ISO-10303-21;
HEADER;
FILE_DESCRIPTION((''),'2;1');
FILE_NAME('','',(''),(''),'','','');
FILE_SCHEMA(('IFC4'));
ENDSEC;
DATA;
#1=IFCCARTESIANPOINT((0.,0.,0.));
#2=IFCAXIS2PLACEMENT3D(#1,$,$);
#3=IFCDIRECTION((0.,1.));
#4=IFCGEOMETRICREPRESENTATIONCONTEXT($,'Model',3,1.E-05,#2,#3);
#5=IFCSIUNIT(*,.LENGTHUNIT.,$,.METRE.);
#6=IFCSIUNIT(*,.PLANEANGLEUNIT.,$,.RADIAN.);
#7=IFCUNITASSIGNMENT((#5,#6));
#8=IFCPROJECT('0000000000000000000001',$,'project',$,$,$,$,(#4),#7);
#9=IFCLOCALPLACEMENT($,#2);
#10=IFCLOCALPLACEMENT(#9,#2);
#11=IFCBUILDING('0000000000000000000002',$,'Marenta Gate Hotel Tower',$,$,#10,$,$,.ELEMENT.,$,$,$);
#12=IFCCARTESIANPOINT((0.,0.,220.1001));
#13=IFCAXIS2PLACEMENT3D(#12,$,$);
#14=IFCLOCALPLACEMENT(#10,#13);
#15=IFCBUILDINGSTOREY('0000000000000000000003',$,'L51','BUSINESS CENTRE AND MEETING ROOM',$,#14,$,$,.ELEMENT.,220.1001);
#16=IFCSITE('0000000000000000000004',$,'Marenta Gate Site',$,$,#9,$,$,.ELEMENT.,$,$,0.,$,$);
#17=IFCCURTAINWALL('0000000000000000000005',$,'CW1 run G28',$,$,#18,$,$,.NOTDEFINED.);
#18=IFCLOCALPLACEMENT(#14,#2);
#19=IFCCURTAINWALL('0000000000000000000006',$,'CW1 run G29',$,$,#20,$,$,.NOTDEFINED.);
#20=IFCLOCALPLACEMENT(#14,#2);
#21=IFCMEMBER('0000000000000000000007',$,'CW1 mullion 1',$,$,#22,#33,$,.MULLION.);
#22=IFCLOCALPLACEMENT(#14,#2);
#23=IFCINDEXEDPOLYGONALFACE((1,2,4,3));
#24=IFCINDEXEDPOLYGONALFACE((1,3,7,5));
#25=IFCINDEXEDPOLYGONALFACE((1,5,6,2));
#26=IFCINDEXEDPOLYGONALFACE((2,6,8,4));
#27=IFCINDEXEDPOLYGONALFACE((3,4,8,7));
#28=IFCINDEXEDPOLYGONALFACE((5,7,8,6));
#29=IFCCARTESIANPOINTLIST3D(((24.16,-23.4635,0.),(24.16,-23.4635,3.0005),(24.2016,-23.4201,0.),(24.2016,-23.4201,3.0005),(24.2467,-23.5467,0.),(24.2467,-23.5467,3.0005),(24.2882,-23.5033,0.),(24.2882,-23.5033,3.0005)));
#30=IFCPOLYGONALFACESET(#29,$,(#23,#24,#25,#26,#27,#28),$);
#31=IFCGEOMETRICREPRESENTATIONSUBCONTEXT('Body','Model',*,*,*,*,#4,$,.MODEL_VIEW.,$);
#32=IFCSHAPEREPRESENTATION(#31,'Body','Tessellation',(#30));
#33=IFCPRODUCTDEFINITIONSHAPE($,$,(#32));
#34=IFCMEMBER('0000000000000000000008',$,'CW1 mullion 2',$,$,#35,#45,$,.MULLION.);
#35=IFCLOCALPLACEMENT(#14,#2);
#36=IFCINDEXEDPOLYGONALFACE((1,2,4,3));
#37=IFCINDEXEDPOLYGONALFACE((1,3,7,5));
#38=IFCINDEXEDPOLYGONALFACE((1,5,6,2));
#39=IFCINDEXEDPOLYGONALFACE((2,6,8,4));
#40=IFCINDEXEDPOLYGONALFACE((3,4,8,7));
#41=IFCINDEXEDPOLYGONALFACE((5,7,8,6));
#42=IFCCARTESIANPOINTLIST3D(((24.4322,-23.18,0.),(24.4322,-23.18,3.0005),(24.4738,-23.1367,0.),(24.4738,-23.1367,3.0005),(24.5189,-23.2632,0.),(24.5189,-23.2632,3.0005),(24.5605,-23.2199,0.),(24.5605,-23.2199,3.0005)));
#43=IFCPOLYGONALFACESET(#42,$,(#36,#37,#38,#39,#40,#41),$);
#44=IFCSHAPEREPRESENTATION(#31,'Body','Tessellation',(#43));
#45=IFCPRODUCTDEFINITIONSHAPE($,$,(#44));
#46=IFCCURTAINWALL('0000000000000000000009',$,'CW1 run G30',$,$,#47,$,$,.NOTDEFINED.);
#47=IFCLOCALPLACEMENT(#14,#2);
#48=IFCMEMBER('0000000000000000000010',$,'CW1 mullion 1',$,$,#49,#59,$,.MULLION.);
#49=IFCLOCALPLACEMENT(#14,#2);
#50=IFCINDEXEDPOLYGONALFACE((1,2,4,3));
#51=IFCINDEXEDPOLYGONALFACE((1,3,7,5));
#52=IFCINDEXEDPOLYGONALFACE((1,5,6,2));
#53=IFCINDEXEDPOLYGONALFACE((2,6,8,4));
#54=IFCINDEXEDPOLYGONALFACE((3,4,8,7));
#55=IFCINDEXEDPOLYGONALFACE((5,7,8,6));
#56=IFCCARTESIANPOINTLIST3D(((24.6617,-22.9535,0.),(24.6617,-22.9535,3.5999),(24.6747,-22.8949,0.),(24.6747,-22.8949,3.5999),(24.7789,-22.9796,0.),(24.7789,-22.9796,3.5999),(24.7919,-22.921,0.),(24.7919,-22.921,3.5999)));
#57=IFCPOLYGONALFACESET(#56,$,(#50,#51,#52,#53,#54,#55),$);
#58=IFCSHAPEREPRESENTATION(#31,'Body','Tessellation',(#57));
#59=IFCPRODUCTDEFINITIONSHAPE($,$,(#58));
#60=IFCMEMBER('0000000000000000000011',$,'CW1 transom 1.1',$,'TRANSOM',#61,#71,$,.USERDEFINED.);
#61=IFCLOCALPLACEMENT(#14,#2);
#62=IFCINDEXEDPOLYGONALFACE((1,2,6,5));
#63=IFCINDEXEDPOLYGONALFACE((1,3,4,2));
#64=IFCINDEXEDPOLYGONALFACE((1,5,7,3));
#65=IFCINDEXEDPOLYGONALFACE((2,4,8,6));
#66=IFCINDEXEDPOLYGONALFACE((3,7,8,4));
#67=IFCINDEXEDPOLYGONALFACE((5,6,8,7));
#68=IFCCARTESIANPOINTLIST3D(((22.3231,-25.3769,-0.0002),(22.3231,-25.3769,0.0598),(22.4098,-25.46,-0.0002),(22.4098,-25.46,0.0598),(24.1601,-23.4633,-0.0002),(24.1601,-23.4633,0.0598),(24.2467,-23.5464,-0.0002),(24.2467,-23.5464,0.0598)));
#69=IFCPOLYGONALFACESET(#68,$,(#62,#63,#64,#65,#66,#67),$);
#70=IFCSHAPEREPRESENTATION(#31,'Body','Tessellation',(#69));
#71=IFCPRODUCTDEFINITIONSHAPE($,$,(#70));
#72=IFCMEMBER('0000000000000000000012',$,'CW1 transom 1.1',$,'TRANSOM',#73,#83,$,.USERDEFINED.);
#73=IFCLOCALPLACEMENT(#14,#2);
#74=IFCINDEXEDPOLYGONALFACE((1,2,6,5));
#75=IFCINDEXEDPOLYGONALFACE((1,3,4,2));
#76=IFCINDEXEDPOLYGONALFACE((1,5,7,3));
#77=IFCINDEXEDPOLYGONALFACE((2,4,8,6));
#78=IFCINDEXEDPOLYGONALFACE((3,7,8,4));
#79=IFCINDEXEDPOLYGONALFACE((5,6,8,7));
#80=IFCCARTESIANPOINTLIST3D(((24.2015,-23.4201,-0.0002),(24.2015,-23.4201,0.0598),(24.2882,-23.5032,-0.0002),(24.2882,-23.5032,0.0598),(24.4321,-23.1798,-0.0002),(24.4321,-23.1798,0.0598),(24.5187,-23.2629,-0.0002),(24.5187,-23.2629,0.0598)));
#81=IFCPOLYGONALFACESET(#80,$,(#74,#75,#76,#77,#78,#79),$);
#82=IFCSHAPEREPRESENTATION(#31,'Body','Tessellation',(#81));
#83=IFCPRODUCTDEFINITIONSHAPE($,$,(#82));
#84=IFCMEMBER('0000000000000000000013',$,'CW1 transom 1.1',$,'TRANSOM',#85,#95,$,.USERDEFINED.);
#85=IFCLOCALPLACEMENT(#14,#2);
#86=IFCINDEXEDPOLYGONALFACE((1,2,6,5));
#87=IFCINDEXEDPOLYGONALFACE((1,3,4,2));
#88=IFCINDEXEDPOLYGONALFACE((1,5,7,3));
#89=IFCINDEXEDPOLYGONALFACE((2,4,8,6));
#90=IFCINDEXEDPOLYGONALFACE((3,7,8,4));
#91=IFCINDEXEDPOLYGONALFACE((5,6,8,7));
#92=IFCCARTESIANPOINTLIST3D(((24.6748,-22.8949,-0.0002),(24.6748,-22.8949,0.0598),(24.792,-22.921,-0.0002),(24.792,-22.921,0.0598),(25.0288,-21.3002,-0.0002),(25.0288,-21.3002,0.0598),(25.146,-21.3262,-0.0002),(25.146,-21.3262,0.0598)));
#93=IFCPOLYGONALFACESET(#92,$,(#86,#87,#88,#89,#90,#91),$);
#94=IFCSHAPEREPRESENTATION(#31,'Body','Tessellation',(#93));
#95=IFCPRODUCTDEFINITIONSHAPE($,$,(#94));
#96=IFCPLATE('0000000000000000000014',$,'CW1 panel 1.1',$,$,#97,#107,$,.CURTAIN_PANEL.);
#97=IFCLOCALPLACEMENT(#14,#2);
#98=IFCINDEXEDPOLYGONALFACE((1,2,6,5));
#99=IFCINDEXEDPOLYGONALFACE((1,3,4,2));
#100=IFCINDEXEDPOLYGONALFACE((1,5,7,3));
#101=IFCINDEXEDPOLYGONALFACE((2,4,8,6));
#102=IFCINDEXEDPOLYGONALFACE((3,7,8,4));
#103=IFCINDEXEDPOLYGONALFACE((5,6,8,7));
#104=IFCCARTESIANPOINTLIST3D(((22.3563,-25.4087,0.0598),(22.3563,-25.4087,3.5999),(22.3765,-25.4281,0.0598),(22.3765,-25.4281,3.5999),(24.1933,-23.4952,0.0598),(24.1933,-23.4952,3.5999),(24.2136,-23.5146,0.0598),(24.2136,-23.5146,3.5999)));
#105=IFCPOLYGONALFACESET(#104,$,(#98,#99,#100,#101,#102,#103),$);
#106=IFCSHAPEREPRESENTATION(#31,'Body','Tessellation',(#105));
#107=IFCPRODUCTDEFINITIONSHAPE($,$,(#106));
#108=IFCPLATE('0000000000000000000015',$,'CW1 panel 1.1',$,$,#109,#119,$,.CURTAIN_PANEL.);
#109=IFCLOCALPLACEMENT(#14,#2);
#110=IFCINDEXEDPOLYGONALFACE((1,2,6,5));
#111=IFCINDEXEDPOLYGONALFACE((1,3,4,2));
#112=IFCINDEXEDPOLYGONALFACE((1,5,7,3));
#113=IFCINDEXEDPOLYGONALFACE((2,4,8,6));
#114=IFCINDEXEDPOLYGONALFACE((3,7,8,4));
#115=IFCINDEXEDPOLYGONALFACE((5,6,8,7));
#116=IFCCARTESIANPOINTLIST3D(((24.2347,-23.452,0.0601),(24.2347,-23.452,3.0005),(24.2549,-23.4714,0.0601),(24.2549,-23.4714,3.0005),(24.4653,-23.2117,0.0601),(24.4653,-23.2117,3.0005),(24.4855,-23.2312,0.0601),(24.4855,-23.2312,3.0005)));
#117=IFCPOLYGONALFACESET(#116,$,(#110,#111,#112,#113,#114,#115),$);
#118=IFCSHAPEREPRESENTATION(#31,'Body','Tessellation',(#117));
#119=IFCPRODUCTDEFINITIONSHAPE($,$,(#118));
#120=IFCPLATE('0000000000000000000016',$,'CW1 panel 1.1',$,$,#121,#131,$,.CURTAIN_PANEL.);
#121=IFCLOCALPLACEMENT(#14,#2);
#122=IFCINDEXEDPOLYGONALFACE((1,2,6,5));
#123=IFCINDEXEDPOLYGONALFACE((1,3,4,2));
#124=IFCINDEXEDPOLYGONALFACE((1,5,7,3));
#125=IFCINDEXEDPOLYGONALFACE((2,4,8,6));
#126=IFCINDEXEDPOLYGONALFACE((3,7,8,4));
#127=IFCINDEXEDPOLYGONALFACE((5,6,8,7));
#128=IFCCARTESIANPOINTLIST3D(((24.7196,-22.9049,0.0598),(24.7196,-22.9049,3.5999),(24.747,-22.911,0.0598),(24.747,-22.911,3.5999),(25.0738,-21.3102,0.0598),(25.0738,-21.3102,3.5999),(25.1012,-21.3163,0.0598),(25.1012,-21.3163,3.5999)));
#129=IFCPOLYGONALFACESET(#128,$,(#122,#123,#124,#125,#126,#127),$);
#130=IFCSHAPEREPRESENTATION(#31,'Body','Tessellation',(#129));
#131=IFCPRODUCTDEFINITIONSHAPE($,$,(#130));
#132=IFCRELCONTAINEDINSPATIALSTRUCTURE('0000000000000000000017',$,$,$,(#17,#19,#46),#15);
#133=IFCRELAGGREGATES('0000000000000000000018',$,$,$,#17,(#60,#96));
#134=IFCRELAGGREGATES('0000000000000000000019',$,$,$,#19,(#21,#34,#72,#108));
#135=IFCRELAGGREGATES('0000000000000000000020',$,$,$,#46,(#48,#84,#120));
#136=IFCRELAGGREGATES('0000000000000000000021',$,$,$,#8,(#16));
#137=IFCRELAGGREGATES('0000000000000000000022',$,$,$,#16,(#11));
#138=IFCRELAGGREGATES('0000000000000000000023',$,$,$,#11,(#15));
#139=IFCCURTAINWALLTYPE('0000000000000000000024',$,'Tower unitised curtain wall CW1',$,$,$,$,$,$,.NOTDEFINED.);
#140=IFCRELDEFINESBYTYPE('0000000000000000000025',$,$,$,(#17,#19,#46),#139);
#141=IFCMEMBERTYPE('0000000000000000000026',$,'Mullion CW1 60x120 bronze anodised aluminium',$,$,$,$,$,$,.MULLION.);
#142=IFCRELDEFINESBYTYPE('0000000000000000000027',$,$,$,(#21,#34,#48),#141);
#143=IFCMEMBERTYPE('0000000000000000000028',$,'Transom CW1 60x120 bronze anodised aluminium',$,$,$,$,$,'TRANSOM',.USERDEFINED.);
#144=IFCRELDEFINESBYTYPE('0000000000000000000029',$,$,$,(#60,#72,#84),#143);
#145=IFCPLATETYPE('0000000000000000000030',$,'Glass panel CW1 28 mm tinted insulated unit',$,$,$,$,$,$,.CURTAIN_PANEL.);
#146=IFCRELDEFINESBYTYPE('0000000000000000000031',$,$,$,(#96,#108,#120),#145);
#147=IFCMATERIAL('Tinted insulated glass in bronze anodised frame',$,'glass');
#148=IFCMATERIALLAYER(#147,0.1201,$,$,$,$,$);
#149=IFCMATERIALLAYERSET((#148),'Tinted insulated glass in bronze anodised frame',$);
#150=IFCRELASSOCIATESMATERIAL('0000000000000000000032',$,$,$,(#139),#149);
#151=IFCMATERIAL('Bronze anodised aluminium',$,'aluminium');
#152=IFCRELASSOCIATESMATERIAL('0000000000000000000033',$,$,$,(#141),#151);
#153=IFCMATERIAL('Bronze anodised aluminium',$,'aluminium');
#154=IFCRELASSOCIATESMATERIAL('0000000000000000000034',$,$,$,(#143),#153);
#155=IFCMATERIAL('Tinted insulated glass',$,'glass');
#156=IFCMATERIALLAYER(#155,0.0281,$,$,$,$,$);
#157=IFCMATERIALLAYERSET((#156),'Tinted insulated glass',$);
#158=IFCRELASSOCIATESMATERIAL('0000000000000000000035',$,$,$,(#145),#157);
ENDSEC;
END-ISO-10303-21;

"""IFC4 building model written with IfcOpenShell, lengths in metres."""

from ifc_helpers import new_model, si_unit, direction, frame, origin, origin_2d, place, context, subcontext, project, spatial, rectangle, extrude, material, layer, layer_set, material_profile, profile_set, type_object, element, aggregate, save


model = new_model("IFC4")

# Units and contexts
model_context = context("Model", 3, precision=1e-05, world=origin(), true_north=direction((0.0, 1.0)))
body_context = subcontext(model_context, "Body", "Model", "MODEL_VIEW")
ifc_project = project(units=[si_unit("LENGTHUNIT", "METRE"), si_unit("PLANEANGLEUNIT", "RADIAN")], contexts=[model_context])

# Site, building, storey
site_placement = place(None, origin())
site = spatial("IfcSite", under=ifc_project, at=site_placement, Name="Marenta Gate Site", CompositionType="ELEMENT", RefElevation=0.0)
building_placement = place(site_placement, origin())
building = spatial("IfcBuilding", under=site, at=building_placement, Name="Marenta Gate Hotel Tower", CompositionType="ELEMENT")
storey_placement = place(building_placement, frame((0.0, 0.0, 220.1001)))
storey = spatial("IfcBuildingStorey", under=building, at=storey_placement, Name="L51", Description="BUSINESS CENTRE AND MEETING ROOM", CompositionType="ELEMENT", Elevation=220.1001)

# Curtain wall
ifc_material_1 = material(Name="Tinted insulated glass in bronze anodised frame", Category="glass")
ifc_layer_1 = layer(ifc_material_1, 0.1201)
ifc_layer_set_1 = layer_set([ifc_layer_1], Name="Tinted insulated glass in bronze anodised frame")
curtain_wall_type = type_object("IfcCurtainWallType", Name="Tower unitised curtain wall CW1", PredefinedType="NOTDEFINED", material=ifc_layer_set_1)
ifc_material_2 = material(Name="Bronze anodised aluminium", Category="aluminium")
ifc_material_profile_1 = material_profile(ifc_material_2, rectangle(XDim=0.1201, YDim=0.0601, at=origin_2d()), Name="Mullion CW1 60x120 bronze anodised aluminium")
ifc_profile_set_1 = profile_set([ifc_material_profile_1], Name="Bronze anodised aluminium")
member_type_1 = type_object("IfcMemberType", Name="Mullion CW1 60x120 bronze anodised aluminium", PredefinedType="MULLION", material=ifc_profile_set_1)
curtain_wall_1_placement = place(storey_placement, origin())
curtain_wall_1 = element("IfcCurtainWall", 1, at=curtain_wall_1_placement, inside=storey, type_object=curtain_wall_type, Name="CW1 run G28", PredefinedType="NOTDEFINED")

# Curtain wall, members
curtain_wall_2_placement = place(storey_placement, origin())
curtain_wall_2 = element("IfcCurtainWall", 2, at=curtain_wall_2_placement, inside=storey, type_object=curtain_wall_type, Name="CW1 run G29", PredefinedType="NOTDEFINED")
member_1_placement = place(storey_placement, frame((24.2241, -23.4834, 0.0), z_axis=(0.0, 0.0, 1.0), x_axis=(-0.721418, 0.6925, 0.0)))
member_1 = element("IfcMember", 3, at=member_1_placement, type_object=member_type_1, Name="CW1 mullion 1", PredefinedType="MULLION", context=body_context, shape_type="SweptSolid", body=[
    extrude(rectangle(XDim=0.1201, YDim=0.0601, at=origin_2d()), origin(), (0.0, 0.0, 1.0), 3.0005),
])
member_2_placement = place(storey_placement, frame((24.4963, -23.2, 0.0), z_axis=(0.0, 0.0, 1.0), x_axis=(-0.721418, 0.6925, 0.0)))
member_2 = element("IfcMember", 4, at=member_2_placement, type_object=member_type_1, Name="CW1 mullion 2", PredefinedType="MULLION", context=body_context, shape_type="SweptSolid", body=[
    extrude(rectangle(XDim=0.1201, YDim=0.0601, at=origin_2d()), origin(), (0.0, 0.0, 1.0), 3.0005),
])

# Curtain wall, member
curtain_wall_3_placement = place(storey_placement, origin())
curtain_wall_3 = element("IfcCurtainWall", 5, at=curtain_wall_3_placement, inside=storey, type_object=curtain_wall_type, Name="CW1 run G30", PredefinedType="NOTDEFINED")
member_3_placement = place(storey_placement, frame((24.7268, -22.9373, 0.0), z_axis=(0.0, 0.0, 1.0), x_axis=(-0.976212, 0.216818, 0.0)))
member_3 = element("IfcMember", 6, at=member_3_placement, type_object=member_type_1, Name="CW1 mullion 1", PredefinedType="MULLION", context=body_context, shape_type="SweptSolid", body=[
    extrude(rectangle(XDim=0.1201, YDim=0.0601, at=origin_2d()), origin(), (0.0, 0.0, 1.0), 3.5999),
])

# Members
ifc_material_3 = material(Name="Bronze anodised aluminium", Category="aluminium")
ifc_material_profile_2 = material_profile(ifc_material_3, rectangle(XDim=0.1201, YDim=0.0601, at=origin_2d()), Name="Transom CW1 60x120 bronze anodised aluminium")
ifc_profile_set_2 = profile_set([ifc_material_profile_2], Name="Bronze anodised aluminium")
member_type_2 = type_object("IfcMemberType", Name="Transom CW1 60x120 bronze anodised aluminium", ElementType="TRANSOM", PredefinedType="USERDEFINED", material=ifc_profile_set_2)
member_4_placement = place(storey_placement, frame((22.3665, -25.4185, 0.0298), z_axis=(0.692509, 0.721409, 0.0), x_axis=(-0.721409, 0.692509, 0.0)))
member_4 = element("IfcMember", 7, at=member_4_placement, type_object=member_type_2, Name="CW1 transom 1.1", ObjectType="TRANSOM", PredefinedType="USERDEFINED", context=body_context, shape_type="SweptSolid", body=[
    extrude(rectangle(XDim=0.1201, YDim=0.0601, at=origin_2d()), origin(), (0.0, 0.0, 1.0), 2.6526),
])
member_5_placement = place(storey_placement, frame((24.2449, -23.4617, 0.0298), z_axis=(0.692288, 0.721622, 0.0), x_axis=(-0.721622, 0.692288, 0.0)))
member_5 = element("IfcMember", 8, at=member_5_placement, type_object=member_type_2, Name="CW1 transom 1.1", ObjectType="TRANSOM", PredefinedType="USERDEFINED", context=body_context, shape_type="SweptSolid", body=[
    extrude(rectangle(XDim=0.1201, YDim=0.0601, at=origin_2d()), origin(), (0.0, 0.0, 1.0), 0.333),
])
member_6_placement = place(storey_placement, frame((24.7334, -22.908, 0.0298), z_axis=(0.216709, 0.976236, 0.0), x_axis=(-0.976236, 0.216709, 0.0)))
member_6 = element("IfcMember", 9, at=member_6_placement, type_object=member_type_2, Name="CW1 transom 1.1", ObjectType="TRANSOM", PredefinedType="USERDEFINED", context=body_context, shape_type="SweptSolid", body=[
    extrude(rectangle(XDim=0.1201, YDim=0.0601, at=origin_2d()), origin(), (0.0, 0.0, 1.0), 1.6335),
])

# Plates
ifc_material_4 = material(Name="Tinted insulated glass", Category="glass")
ifc_layer_2 = layer(ifc_material_4, 0.0281)
ifc_layer_set_2 = layer_set([ifc_layer_2], Name="Tinted insulated glass")
plate_type = type_object("IfcPlateType", Name="Glass panel CW1 28 mm tinted insulated unit", PredefinedType="CURTAIN_PANEL", material=ifc_layer_set_2)
plate_1_placement = place(storey_placement, frame((23.2849, -24.4617, 0.0598), z_axis=(0.0, 0.0, 1.0), x_axis=(0.692545, 0.721375, 0.0)))
plate_1 = element("IfcPlate", 10, at=plate_1_placement, type_object=plate_type, Name="CW1 panel 1.1", PredefinedType="CURTAIN_PANEL", context=body_context, shape_type="SweptSolid", body=[
    extrude(rectangle(XDim=2.6526, YDim=0.0281, at=origin_2d()), origin(), (0.0, 0.0, 1.0), 3.54),
])
aggregate(curtain_wall_1, [member_4, plate_1])
plate_2_placement = place(storey_placement, frame((24.3601, -23.3416, 0.0601), z_axis=(0.0, 0.0, 1.0), x_axis=(0.6925, 0.721418, 0.0)))
plate_2 = element("IfcPlate", 11, at=plate_2_placement, type_object=plate_type, Name="CW1 panel 1.1", PredefinedType="CURTAIN_PANEL", context=body_context, shape_type="SweptSolid", body=[
    extrude(rectangle(XDim=0.333, YDim=0.0281, at=origin_2d()), origin(), (0.0, 0.0, 1.0), 2.9404),
])
aggregate(curtain_wall_2, [member_1, member_2, member_5, plate_2])
plate_3_placement = place(storey_placement, frame((24.9104, -22.1106, 0.0598), z_axis=(0.0, 0.0, 1.0), x_axis=(0.216818, 0.976212, 0.0)))
plate_3 = element("IfcPlate", 12, at=plate_3_placement, type_object=plate_type, Name="CW1 panel 1.1", PredefinedType="CURTAIN_PANEL", context=body_context, shape_type="SweptSolid", body=[
    extrude(rectangle(XDim=1.6335, YDim=0.0281, at=origin_2d()), origin(), (0.0, 0.0, 1.0), 3.54),
])
aggregate(curtain_wall_3, [member_3, member_6, plate_3])

save(model, "model.ifc")
